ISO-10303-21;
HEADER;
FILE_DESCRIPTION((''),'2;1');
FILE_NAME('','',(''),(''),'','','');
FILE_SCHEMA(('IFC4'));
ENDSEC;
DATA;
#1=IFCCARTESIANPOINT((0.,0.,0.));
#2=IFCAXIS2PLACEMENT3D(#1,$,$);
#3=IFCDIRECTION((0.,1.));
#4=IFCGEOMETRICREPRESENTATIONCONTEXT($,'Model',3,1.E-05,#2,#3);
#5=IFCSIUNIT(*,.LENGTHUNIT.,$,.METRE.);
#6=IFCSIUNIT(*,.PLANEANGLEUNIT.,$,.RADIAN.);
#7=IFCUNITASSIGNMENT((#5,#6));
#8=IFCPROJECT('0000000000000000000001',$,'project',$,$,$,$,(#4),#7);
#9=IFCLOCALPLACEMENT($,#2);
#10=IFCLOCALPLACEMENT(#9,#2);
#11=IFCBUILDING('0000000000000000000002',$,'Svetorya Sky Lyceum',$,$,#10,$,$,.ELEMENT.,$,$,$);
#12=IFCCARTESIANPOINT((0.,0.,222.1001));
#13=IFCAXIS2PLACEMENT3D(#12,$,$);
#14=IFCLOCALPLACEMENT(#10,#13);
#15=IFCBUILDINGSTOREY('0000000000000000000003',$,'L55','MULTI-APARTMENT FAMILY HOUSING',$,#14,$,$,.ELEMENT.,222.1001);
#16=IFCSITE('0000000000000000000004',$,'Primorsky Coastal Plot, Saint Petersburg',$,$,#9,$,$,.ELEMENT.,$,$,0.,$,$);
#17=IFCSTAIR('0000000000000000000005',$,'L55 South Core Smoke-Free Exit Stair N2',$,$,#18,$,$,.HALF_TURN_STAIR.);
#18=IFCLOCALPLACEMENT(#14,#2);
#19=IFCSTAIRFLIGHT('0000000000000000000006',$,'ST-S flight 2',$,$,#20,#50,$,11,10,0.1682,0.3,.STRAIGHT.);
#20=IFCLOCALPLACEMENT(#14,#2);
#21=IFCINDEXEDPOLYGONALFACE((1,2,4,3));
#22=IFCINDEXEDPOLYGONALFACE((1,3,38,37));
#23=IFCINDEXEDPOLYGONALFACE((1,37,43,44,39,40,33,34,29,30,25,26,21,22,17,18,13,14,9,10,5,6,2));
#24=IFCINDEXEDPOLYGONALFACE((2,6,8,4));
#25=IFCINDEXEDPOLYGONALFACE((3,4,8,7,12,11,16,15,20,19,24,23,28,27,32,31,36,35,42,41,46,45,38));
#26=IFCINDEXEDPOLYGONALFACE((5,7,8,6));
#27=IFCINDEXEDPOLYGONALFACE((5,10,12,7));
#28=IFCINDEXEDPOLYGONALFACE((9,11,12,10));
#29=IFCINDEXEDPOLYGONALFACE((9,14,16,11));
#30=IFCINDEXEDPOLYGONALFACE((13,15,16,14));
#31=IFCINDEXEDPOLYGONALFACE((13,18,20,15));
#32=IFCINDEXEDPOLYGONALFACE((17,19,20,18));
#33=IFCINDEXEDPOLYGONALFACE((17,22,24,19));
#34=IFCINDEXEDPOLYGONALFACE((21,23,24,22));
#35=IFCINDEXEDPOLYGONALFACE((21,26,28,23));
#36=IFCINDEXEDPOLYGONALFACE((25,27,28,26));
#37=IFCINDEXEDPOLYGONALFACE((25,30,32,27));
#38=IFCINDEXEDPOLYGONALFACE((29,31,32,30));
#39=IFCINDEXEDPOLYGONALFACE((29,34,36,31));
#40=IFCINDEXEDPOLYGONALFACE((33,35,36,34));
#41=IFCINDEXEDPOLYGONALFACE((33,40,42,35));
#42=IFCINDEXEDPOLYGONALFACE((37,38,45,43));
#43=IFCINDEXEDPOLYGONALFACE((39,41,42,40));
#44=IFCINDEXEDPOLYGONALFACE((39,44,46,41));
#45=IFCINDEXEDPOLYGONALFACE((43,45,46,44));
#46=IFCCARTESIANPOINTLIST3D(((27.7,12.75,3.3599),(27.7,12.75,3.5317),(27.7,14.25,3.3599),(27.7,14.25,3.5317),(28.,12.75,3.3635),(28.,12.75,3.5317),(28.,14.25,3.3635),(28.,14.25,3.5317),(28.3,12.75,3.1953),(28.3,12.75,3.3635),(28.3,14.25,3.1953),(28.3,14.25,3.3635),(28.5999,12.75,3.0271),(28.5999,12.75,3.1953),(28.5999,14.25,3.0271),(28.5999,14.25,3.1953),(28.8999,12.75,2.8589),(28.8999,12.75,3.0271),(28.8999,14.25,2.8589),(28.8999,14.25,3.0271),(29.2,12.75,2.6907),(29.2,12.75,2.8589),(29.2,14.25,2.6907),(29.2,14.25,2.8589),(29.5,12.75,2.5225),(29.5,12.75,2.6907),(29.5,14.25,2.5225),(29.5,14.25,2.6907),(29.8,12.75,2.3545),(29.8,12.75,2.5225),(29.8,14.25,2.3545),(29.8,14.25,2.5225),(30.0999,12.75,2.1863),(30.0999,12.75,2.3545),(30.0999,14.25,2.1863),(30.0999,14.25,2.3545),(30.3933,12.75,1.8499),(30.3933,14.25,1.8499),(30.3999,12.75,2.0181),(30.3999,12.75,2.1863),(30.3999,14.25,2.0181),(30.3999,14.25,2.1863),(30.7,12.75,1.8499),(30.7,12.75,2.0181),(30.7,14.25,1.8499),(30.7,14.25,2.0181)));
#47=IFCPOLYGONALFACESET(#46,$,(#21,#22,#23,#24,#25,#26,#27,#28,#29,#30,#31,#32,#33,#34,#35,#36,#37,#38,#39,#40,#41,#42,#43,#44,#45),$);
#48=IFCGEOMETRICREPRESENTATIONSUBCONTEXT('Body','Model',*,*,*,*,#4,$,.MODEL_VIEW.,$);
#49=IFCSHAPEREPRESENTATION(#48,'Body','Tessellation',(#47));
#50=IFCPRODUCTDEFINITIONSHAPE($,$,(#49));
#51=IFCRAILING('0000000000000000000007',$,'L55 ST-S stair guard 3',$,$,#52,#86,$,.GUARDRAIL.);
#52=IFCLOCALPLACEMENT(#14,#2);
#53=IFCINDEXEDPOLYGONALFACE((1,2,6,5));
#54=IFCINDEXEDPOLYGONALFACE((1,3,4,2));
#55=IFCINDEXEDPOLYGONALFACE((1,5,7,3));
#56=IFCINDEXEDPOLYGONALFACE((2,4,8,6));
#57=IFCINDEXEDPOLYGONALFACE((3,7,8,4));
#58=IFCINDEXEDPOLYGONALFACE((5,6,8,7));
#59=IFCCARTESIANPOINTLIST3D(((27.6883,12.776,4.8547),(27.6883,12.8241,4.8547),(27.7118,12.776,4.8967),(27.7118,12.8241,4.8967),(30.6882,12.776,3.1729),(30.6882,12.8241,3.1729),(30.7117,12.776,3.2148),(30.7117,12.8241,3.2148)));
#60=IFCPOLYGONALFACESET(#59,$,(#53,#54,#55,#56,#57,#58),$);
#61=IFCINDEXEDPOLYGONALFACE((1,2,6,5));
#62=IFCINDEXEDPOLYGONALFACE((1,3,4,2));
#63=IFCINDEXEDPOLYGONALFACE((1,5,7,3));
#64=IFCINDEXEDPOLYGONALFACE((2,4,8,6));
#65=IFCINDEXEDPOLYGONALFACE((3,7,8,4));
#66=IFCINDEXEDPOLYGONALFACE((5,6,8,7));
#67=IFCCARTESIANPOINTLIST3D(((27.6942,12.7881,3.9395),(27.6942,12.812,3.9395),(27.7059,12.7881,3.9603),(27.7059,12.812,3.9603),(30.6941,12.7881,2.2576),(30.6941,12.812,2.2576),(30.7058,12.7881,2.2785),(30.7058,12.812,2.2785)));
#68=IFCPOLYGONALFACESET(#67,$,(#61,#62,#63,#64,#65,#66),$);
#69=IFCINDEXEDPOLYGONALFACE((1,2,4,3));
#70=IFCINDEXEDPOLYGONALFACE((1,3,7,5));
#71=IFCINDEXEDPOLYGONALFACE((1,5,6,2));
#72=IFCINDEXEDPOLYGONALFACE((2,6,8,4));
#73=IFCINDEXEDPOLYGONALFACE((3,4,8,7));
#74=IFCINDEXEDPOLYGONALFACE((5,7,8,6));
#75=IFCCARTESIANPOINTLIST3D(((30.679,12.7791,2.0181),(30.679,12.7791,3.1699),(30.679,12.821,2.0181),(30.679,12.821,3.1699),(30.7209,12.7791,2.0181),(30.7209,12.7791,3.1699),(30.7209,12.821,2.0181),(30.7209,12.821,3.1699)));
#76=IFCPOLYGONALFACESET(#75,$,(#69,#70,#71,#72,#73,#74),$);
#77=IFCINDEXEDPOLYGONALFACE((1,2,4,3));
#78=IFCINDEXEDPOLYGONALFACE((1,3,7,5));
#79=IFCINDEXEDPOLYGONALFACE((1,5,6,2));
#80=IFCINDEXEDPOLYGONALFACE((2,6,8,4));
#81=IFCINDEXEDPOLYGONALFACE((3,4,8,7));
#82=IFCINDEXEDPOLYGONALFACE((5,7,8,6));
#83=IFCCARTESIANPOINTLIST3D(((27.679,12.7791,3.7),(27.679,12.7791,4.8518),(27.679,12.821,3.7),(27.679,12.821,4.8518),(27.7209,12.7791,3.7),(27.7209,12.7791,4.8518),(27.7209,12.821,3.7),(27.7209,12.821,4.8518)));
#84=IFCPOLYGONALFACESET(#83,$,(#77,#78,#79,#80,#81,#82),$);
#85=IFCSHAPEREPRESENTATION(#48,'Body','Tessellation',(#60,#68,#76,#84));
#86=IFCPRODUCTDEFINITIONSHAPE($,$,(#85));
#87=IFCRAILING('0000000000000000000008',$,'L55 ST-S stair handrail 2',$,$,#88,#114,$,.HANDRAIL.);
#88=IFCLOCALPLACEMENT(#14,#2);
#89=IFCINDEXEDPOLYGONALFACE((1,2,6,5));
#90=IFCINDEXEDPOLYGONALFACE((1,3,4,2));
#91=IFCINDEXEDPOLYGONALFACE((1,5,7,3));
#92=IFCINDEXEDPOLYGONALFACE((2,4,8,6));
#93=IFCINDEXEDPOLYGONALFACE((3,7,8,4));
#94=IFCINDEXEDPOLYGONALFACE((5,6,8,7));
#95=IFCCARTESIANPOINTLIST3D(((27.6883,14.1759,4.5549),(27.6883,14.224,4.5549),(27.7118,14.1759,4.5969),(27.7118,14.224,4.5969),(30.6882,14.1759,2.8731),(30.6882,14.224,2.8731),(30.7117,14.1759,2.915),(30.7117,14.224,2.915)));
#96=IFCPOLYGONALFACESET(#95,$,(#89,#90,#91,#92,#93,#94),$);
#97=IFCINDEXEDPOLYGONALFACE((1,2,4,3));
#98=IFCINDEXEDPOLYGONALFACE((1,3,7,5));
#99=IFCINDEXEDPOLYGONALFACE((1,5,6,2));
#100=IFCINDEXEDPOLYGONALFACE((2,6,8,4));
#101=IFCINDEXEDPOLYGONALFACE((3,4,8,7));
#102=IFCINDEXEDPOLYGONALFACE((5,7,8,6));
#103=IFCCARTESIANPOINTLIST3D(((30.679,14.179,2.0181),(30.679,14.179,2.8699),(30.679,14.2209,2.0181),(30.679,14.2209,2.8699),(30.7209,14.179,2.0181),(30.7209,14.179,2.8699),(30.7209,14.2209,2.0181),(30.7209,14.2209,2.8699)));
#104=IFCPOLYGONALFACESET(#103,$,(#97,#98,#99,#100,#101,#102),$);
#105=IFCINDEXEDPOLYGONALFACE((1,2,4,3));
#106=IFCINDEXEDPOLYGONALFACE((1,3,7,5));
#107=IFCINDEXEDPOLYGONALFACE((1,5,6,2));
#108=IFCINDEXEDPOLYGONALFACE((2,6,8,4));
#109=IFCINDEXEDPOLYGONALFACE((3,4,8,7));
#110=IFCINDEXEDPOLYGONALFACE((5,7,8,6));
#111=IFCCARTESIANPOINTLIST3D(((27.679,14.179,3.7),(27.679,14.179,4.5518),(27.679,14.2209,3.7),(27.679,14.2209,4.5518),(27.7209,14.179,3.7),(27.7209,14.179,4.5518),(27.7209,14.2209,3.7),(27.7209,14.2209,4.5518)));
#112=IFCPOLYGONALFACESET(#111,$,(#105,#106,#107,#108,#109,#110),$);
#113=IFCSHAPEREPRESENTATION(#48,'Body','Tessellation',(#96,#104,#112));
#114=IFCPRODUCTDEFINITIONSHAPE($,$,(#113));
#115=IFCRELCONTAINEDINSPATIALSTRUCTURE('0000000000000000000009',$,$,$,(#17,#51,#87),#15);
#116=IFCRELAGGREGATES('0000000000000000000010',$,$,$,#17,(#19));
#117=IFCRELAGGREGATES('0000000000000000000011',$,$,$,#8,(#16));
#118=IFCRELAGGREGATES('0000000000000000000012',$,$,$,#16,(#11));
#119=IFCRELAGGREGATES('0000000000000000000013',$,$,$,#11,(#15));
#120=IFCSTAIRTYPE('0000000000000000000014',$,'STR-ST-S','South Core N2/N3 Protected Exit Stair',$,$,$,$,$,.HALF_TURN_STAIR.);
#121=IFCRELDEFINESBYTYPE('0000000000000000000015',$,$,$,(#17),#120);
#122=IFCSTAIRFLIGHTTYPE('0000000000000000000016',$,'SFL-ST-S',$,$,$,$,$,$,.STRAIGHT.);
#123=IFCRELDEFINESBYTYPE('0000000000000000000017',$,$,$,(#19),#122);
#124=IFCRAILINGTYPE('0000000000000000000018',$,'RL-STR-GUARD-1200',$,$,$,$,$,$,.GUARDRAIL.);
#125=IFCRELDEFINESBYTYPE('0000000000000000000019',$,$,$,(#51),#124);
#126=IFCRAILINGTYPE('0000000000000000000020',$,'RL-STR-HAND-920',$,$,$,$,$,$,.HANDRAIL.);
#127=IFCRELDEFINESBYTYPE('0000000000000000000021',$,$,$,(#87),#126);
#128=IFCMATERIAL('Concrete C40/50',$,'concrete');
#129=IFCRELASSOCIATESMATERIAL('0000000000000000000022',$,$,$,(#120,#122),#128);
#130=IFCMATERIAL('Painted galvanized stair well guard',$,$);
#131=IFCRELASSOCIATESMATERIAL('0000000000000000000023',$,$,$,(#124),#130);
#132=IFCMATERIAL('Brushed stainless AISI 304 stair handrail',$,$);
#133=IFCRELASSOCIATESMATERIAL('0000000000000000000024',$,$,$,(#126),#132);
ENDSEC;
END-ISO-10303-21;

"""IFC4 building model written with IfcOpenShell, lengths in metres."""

from ifc_helpers import new_model, si_unit, direction, frame, origin, origin_2d, place, context, subcontext, project, spatial, polyline, rectangle, outline, extrude, material, type_object, element, aggregate, save


model = new_model("IFC4")

# Units and contexts
model_context = context("Model", 3, precision=1e-05, world=origin(), true_north=direction((0.0, 1.0)))
body_context = subcontext(model_context, "Body", "Model", "MODEL_VIEW")
ifc_project = project(units=[si_unit("LENGTHUNIT", "METRE"), si_unit("PLANEANGLEUNIT", "RADIAN")], contexts=[model_context])

# Site, building, storey
site_placement = place(None, origin())
site = spatial("IfcSite", under=ifc_project, at=site_placement, Name="Primorsky Coastal Plot, Saint Petersburg", CompositionType="ELEMENT", RefElevation=0.0)
building_placement = place(site_placement, origin())
building = spatial("IfcBuilding", under=site, at=building_placement, Name="Svetorya Sky Lyceum", CompositionType="ELEMENT")
storey_placement = place(building_placement, frame((0.0, 0.0, 222.1001)))
storey = spatial("IfcBuildingStorey", under=building, at=storey_placement, Name="L55", Description="MULTI-APARTMENT FAMILY HOUSING", CompositionType="ELEMENT", Elevation=222.1001)

# Stair, stair flight
ifc_material_1 = material(Name="Concrete C40/50", Category="concrete")
stair_type = type_object("IfcStairType", Name="STR-ST-S", Description="South Core N2/N3 Protected Exit Stair", PredefinedType="HALF_TURN_STAIR", material=ifc_material_1)
stair_placement = place(storey_placement, origin())
stair = element("IfcStair", 1, at=stair_placement, inside=storey, type_object=stair_type, Name="L55 South Core Smoke-Free Exit Stair N2", PredefinedType="HALF_TURN_STAIR")
stair_flight_type = type_object("IfcStairFlightType", Name="SFL-ST-S", PredefinedType="STRAIGHT", material=ifc_material_1)
stair_flight_placement = place(storey_placement, frame((30.7, 13.5, 1.8499), z_axis=(0.0, 0.0, 1.0), x_axis=(-1.0, 0.0, 0.0)))
stair_flight = element("IfcStairFlight", 2, at=stair_flight_placement, type_object=stair_flight_type, Name="ST-S flight 2", NumberOfRisers=11, NumberOfTreads=10, PredefinedType="STRAIGHT", RiserHeight=0.1682, TreadLength=0.3, context=body_context, shape_type="SweptSolid", body=[
    extrude(outline(polyline([(0.0, 0.0), (0.0, 0.1682), (0.3, 0.1682), (0.3, 0.3364), (0.6001, 0.3364), (0.6001, 0.5046), (0.8999, 0.5046), (0.8999, 0.6726), (1.2, 0.6726), (1.2, 0.8408), (1.5, 0.8408), (1.5, 1.009), (1.8, 1.009), (1.8, 1.1772), (2.1001, 1.1772), (2.1001, 1.3455), (2.3999, 1.3455), (2.3999, 1.5137), (2.7, 1.5137), (2.7, 1.6819), (3.0, 1.6819), (3.0, 1.8501), (3.0, 1.51), (0.3066, 0.0), (0.0, 0.0)])), frame((0.0, 0.75, 0.0), z_axis=(0.0, -1.0, 0.0), x_axis=(1.0, 0.0, 0.0)), (0.0, 0.0, 1.0), 1.5),
])
aggregate(stair, [stair_flight])

# Railings
ifc_material_2 = material(Name="Painted galvanized stair well guard")
railing_type_1 = type_object("IfcRailingType", Name="RL-STR-GUARD-1200", PredefinedType="GUARDRAIL", material=ifc_material_2)
railing_1_placement = place(storey_placement, frame((30.7, 12.8, 2.0181)))
element("IfcRailing", 3, at=railing_1_placement, inside=storey, type_object=railing_type_1, Name="L55 ST-S stair guard 3", PredefinedType="GUARDRAIL", context=body_context, shape_type="SweptSolid", body=[
    extrude(rectangle(XDim=0.0481, YDim=0.0481, at=origin_2d()), frame((0.0, 0.0, 1.1758), z_axis=(-0.872272, 0.0, 0.48902), x_axis=(0.0, -1.0, 0.0)), (0.0, 0.0, 1.0), 3.4392),
    extrude(rectangle(XDim=0.0239, YDim=0.0239, at=origin_2d()), frame((0.0, 0.0, 0.25), z_axis=(-0.872272, 0.0, 0.48902), x_axis=(0.0, -1.0, 0.0)), (0.0, 0.0, 1.0), 3.4392),
    extrude(rectangle(XDim=0.042, YDim=0.042, at=origin_2d()), origin(), (0.0, 0.0, 1.0), 1.1519),
    extrude(rectangle(XDim=0.042, YDim=0.042, at=origin_2d()), frame((-3.0, 0.0, 1.6819)), (0.0, 0.0, 1.0), 1.1519),
])
ifc_material_3 = material(Name="Brushed stainless AISI 304 stair handrail")
railing_type_2 = type_object("IfcRailingType", Name="RL-STR-HAND-920", PredefinedType="HANDRAIL", material=ifc_material_3)
railing_2_placement = place(storey_placement, frame((30.7, 14.2, 2.0181)))
element("IfcRailing", 4, at=railing_2_placement, inside=storey, type_object=railing_type_2, Name="L55 ST-S stair handrail 2", PredefinedType="HANDRAIL", context=body_context, shape_type="SweptSolid", body=[
    extrude(rectangle(XDim=0.0481, YDim=0.0481, at=origin_2d()), frame((0.0, 0.0, 0.876), z_axis=(-0.872272, 0.0, 0.48902), x_axis=(0.0, -1.0, 0.0)), (0.0, 0.0, 1.0), 3.4392),
    extrude(rectangle(XDim=0.042, YDim=0.042, at=origin_2d()), origin(), (0.0, 0.0, 1.0), 0.8518),
    extrude(rectangle(XDim=0.042, YDim=0.042, at=origin_2d()), frame((-3.0, 0.0, 1.6819)), (0.0, 0.0, 1.0), 0.8518),
])

save(model, "model.ifc")
